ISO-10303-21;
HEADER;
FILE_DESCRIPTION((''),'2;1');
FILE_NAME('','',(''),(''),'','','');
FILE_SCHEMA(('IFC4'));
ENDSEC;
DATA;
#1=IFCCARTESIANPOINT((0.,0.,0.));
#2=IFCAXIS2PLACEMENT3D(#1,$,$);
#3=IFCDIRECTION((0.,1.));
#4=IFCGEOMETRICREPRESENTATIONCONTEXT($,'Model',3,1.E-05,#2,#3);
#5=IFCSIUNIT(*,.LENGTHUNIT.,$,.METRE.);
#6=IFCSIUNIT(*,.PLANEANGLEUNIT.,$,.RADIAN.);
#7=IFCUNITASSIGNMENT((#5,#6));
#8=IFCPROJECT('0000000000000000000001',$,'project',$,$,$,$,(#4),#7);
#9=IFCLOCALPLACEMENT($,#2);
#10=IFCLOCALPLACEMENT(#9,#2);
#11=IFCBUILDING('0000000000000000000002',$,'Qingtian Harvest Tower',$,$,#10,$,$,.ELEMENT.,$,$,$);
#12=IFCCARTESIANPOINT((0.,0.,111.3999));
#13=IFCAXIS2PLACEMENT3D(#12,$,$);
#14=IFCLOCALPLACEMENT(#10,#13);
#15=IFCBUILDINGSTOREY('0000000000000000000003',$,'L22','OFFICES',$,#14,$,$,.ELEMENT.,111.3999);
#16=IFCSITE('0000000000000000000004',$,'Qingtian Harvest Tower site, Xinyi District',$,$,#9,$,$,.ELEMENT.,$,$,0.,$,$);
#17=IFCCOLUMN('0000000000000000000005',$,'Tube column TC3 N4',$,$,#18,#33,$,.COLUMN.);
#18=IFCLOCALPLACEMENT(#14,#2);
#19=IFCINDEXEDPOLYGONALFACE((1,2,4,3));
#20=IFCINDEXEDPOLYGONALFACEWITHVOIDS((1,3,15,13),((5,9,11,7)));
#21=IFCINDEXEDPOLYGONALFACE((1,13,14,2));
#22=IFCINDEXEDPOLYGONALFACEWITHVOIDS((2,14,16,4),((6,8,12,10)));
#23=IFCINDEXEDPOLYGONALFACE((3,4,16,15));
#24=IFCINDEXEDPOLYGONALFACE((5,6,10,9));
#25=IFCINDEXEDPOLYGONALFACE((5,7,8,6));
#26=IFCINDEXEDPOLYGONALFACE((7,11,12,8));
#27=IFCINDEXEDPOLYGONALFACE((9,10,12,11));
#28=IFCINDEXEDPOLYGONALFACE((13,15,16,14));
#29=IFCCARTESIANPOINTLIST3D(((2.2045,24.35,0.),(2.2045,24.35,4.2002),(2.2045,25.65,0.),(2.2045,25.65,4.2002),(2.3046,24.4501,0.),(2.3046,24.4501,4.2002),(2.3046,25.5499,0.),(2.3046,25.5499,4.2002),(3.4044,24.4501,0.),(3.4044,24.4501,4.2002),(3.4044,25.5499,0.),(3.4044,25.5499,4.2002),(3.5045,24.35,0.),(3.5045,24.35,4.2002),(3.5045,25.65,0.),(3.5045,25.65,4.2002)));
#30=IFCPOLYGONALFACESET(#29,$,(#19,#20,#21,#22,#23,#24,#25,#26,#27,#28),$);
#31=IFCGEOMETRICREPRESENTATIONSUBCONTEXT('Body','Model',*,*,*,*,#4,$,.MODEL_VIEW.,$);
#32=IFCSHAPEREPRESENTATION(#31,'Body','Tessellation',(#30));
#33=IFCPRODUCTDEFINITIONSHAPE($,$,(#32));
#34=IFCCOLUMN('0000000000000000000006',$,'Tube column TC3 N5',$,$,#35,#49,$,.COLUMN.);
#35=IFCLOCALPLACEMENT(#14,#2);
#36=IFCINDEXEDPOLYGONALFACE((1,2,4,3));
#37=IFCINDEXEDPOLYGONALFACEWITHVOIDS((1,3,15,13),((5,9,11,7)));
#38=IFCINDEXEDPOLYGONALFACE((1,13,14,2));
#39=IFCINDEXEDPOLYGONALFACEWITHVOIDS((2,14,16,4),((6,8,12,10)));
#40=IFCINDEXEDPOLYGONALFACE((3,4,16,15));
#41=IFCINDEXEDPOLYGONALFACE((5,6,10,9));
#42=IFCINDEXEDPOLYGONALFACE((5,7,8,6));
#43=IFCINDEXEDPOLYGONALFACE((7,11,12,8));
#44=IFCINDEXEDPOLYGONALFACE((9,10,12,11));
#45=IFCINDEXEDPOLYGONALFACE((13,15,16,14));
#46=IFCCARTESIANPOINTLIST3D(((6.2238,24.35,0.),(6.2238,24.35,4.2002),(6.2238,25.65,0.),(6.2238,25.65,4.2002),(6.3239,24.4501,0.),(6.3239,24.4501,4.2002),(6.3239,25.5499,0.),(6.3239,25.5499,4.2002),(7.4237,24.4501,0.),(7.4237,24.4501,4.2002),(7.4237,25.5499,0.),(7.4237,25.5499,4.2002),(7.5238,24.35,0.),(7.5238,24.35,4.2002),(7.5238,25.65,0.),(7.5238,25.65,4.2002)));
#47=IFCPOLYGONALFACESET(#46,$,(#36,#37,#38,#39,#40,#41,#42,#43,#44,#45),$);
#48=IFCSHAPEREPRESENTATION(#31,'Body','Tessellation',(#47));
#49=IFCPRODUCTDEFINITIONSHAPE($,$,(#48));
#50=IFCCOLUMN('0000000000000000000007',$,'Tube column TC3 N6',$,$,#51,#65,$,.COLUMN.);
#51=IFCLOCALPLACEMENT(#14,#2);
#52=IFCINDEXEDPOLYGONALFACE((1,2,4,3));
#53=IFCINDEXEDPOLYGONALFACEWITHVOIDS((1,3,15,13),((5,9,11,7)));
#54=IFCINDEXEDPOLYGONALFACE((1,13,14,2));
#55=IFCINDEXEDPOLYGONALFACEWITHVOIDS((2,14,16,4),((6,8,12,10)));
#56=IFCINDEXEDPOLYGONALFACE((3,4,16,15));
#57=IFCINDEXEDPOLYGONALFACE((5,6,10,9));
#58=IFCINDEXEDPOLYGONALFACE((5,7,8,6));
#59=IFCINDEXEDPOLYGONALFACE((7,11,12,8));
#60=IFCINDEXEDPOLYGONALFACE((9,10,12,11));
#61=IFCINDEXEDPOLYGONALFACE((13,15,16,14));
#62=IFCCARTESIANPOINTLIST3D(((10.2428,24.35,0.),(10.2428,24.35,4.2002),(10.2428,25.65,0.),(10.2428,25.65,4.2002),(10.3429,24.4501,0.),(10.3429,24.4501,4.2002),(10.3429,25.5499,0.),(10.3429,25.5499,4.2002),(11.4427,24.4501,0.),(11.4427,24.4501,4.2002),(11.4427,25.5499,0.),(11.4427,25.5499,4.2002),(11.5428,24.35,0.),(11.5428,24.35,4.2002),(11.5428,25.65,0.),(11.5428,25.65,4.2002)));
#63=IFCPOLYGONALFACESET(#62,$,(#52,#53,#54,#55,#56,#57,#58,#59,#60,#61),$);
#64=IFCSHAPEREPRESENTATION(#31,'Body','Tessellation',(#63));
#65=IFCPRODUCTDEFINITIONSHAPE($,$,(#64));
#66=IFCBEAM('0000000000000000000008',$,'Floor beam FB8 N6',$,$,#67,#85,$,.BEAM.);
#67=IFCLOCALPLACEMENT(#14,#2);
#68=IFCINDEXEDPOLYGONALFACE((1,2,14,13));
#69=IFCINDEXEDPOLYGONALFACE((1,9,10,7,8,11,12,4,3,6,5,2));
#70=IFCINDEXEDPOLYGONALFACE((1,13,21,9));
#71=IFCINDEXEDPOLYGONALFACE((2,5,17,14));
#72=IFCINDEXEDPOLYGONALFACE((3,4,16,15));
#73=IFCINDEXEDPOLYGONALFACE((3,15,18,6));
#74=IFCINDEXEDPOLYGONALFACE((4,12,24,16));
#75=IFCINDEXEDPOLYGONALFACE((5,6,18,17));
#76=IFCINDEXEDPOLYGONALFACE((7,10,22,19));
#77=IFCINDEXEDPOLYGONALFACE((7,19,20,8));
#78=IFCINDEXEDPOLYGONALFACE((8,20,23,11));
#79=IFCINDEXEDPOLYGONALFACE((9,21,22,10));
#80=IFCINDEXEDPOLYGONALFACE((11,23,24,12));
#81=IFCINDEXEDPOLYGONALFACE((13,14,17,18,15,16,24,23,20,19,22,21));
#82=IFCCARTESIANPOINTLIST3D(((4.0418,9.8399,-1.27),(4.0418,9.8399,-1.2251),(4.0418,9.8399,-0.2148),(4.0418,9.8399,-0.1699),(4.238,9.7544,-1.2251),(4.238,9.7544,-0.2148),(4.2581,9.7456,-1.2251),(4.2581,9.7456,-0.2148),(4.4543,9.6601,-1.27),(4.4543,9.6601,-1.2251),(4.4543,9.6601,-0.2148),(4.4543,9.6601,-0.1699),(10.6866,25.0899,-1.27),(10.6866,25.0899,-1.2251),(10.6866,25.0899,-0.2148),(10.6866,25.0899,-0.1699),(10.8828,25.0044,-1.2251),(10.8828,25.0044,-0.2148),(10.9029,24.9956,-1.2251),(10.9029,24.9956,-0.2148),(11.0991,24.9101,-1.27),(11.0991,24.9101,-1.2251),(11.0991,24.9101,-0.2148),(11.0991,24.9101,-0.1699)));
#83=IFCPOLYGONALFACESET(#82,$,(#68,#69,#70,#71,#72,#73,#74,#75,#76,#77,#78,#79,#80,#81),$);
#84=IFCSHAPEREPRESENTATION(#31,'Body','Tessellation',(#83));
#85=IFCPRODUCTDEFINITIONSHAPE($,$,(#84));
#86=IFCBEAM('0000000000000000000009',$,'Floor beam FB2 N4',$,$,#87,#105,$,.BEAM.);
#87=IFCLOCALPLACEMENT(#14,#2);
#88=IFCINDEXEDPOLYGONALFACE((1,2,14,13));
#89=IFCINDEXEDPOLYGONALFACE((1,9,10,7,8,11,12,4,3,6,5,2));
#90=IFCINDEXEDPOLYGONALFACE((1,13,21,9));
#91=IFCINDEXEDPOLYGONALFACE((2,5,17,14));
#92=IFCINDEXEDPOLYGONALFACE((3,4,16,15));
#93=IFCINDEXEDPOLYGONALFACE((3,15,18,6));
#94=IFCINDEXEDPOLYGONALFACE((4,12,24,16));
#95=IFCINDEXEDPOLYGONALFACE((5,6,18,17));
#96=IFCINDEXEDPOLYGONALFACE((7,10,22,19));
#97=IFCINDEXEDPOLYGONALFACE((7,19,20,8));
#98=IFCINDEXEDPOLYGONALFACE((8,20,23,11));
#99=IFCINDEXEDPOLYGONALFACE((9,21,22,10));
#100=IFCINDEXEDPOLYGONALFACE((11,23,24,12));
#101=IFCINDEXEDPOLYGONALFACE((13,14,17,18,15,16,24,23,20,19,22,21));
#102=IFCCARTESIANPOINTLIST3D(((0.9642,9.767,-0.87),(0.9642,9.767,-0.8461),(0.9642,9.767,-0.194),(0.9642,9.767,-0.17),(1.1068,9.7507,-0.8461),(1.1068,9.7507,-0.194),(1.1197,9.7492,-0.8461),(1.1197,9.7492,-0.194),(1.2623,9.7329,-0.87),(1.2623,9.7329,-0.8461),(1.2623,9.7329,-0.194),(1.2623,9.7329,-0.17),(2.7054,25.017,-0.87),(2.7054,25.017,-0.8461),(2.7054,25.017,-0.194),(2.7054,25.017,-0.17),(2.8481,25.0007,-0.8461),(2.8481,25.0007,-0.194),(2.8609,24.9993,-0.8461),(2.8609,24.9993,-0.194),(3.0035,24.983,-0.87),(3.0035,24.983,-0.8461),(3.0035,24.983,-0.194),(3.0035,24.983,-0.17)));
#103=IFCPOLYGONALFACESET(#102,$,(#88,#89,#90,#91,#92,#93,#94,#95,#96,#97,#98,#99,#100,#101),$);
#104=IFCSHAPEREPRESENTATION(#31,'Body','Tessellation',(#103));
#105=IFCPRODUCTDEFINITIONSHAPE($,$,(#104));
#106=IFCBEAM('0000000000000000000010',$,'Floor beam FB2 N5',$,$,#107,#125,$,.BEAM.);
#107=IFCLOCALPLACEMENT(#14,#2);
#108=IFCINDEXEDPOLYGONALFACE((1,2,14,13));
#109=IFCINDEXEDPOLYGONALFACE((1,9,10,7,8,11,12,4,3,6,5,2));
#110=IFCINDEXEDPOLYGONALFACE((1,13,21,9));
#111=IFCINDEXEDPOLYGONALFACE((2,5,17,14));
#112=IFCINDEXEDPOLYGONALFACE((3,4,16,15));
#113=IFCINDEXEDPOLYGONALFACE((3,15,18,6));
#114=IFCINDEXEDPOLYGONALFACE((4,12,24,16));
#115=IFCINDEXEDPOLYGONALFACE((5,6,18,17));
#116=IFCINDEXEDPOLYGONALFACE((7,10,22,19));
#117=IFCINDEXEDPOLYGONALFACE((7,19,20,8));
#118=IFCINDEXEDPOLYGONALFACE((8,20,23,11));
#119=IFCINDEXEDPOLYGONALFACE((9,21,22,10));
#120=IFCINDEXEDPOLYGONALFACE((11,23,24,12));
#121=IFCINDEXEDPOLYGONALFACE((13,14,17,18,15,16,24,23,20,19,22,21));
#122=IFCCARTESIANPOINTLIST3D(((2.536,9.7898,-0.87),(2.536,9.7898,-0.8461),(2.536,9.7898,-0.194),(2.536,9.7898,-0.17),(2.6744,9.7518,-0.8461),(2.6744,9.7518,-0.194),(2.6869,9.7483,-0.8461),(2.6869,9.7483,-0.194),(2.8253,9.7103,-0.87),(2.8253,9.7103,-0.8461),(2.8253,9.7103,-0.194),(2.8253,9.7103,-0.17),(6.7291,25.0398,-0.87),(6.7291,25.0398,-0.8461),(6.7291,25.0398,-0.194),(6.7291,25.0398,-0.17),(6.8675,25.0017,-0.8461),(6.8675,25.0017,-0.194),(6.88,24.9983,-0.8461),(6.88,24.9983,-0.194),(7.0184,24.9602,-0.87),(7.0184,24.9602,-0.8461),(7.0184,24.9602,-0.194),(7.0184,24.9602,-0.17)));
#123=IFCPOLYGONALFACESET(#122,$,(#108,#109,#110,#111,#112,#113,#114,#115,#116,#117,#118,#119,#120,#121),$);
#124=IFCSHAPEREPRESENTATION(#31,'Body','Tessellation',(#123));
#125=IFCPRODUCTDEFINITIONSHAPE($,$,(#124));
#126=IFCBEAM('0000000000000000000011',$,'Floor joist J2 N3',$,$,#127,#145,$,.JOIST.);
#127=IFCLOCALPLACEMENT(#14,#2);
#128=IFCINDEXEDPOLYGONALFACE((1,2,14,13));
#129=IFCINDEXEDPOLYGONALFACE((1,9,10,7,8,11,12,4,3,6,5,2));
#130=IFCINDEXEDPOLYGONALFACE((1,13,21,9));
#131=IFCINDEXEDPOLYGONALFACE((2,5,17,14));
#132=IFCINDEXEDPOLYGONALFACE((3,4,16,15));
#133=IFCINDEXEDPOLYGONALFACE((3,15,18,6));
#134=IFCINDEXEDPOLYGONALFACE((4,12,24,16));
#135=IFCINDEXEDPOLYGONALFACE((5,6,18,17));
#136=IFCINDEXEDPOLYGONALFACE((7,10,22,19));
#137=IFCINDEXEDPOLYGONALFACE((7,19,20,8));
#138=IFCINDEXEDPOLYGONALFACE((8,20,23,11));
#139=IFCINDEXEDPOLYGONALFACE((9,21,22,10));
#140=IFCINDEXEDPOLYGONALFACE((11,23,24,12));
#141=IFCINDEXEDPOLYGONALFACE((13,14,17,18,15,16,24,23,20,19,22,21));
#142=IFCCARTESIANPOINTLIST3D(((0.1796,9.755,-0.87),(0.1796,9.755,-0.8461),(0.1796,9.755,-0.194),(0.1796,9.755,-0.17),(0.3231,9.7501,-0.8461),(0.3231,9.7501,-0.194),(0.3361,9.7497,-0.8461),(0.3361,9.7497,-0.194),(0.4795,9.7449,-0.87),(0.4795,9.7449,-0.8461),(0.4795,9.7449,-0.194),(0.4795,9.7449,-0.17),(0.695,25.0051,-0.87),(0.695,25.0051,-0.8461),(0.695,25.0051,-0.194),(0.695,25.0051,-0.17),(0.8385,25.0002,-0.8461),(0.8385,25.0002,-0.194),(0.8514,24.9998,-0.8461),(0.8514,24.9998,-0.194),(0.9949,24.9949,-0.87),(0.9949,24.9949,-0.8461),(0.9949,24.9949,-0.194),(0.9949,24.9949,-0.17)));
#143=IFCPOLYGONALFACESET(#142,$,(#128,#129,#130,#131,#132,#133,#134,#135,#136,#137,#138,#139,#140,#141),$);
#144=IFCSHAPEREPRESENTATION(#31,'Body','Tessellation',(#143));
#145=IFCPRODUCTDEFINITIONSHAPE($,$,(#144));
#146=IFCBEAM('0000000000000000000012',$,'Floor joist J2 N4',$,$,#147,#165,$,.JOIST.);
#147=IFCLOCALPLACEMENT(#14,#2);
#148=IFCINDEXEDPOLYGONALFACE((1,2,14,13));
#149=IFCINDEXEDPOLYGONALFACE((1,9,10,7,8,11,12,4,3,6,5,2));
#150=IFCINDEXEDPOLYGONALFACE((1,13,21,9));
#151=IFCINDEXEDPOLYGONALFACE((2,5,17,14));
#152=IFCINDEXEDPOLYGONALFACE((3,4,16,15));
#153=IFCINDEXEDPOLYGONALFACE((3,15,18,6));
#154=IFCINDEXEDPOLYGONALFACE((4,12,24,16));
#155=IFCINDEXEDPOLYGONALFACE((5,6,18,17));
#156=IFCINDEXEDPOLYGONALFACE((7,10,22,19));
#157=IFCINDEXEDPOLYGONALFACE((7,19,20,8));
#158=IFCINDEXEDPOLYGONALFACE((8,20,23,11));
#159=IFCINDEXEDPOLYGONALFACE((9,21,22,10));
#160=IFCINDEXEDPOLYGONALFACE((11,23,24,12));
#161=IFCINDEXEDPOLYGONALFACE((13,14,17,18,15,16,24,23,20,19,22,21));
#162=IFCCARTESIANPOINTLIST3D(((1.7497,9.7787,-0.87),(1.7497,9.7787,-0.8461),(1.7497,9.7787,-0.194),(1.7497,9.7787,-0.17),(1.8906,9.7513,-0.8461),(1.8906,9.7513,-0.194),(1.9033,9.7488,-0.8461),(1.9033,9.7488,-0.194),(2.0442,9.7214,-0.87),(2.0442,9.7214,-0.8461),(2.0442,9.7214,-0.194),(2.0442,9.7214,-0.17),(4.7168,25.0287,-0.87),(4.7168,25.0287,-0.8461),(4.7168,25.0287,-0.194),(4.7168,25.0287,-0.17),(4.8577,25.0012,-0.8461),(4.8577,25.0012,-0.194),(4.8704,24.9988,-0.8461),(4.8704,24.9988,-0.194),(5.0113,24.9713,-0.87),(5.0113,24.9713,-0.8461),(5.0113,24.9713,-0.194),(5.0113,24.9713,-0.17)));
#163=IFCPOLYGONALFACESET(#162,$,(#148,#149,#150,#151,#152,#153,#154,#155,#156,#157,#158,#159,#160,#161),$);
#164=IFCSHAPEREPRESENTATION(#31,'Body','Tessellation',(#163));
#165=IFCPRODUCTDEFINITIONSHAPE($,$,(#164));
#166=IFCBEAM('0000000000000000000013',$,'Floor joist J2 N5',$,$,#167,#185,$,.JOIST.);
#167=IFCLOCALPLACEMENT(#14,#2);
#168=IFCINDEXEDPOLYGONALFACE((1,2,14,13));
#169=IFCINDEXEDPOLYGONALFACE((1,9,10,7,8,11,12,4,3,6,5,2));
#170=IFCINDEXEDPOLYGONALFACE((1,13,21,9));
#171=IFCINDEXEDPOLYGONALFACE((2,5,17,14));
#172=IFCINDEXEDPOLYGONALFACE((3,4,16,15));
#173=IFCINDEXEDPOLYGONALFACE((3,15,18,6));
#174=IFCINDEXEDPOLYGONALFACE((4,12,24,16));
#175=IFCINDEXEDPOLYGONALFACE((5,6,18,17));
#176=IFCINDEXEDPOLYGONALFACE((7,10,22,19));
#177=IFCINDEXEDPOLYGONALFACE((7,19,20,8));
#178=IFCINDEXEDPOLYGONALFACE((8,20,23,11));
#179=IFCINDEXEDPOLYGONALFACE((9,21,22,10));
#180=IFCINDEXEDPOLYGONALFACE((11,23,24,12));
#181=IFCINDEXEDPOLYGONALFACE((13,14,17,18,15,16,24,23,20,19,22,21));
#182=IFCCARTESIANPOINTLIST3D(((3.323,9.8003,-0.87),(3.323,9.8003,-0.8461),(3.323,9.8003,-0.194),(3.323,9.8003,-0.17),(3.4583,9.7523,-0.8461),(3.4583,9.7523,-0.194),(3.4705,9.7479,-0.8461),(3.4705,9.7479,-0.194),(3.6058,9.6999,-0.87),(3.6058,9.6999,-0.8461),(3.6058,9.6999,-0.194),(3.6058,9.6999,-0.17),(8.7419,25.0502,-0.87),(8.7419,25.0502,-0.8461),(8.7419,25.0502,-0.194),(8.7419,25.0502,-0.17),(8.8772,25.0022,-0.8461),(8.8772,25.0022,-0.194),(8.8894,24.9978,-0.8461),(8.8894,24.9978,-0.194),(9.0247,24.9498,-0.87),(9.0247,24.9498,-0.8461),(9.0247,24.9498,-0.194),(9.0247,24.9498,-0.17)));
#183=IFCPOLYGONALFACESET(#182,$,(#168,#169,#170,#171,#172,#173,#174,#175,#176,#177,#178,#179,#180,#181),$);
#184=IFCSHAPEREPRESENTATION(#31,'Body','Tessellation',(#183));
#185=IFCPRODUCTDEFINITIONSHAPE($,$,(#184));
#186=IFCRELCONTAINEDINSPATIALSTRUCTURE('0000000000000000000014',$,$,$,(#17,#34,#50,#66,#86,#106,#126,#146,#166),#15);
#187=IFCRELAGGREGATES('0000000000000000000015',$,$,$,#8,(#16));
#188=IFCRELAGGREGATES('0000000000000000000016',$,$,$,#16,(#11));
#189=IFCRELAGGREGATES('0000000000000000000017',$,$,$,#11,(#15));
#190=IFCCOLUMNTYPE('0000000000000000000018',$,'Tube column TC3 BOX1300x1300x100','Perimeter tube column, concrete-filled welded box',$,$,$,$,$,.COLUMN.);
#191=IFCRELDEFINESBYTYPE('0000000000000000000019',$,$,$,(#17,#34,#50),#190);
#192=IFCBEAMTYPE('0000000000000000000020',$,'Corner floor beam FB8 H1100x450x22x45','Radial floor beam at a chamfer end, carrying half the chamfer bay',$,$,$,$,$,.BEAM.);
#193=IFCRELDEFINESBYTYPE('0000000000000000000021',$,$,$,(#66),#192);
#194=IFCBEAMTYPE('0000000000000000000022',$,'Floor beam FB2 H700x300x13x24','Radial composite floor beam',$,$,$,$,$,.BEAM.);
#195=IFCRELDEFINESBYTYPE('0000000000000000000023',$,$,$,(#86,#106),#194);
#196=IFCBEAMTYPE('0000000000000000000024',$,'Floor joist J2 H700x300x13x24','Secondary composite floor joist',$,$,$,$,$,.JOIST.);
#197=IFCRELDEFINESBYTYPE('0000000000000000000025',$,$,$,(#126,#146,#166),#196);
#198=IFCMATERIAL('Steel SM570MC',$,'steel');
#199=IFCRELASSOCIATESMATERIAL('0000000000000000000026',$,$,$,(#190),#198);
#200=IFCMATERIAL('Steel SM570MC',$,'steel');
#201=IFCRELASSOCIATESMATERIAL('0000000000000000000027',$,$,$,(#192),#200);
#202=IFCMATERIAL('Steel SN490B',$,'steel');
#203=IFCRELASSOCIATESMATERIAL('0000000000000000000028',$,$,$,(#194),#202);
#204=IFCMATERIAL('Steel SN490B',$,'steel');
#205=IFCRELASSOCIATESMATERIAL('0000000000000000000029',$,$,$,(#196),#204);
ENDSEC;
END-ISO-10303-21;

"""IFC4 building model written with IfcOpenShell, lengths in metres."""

from ifc_helpers import new_model, si_unit, direction, frame, origin, origin_2d, place, context, subcontext, project, spatial, hollow_rectangle, i_section, extrude, material, material_profile, profile_set, type_object, element, save


model = new_model("IFC4")

# Units and contexts
model_context = context("Model", 3, precision=1e-05, world=origin(), true_north=direction((0.0, 1.0)))
body_context = subcontext(model_context, "Body", "Model", "MODEL_VIEW")
ifc_project = project(units=[si_unit("LENGTHUNIT", "METRE"), si_unit("PLANEANGLEUNIT", "RADIAN")], contexts=[model_context])

# Site, building, storey
site_placement = place(None, origin())
site = spatial("IfcSite", under=ifc_project, at=site_placement, Name="Qingtian Harvest Tower site, Xinyi District", CompositionType="ELEMENT", RefElevation=0.0)
building_placement = place(site_placement, origin())
building = spatial("IfcBuilding", under=site, at=building_placement, Name="Qingtian Harvest Tower", CompositionType="ELEMENT")
storey_placement = place(building_placement, frame((0.0, 0.0, 111.3999)))
storey = spatial("IfcBuildingStorey", under=building, at=storey_placement, Name="L22", Description="OFFICES", CompositionType="ELEMENT", Elevation=111.3999)

# Columns
ifc_material_1 = material(Name="Steel SM570MC", Category="steel")
ifc_material_profile_1 = material_profile(ifc_material_1, hollow_rectangle(XDim=1.3, YDim=1.3, WallThickness=0.1001, at=origin_2d()), Name="BOX1300x1300x100")
ifc_profile_set_1 = profile_set([ifc_material_profile_1], Name="Steel SM570MC")
column_type = type_object("IfcColumnType", Name="Tube column TC3 BOX1300x1300x100", Description="Perimeter tube column, concrete-filled welded box", PredefinedType="COLUMN", material=ifc_profile_set_1)
for number, where, z_axis, x_axis, name in (
    (1, (2.8545, 25.0, 0.0), (0.0, 0.0, 1.0), (-1.0, 0.0, 0.0), "Tube column TC3 N4"),
    (2, (6.8738, 25.0, 0.0), (0.0, 0.0, 1.0), (-1.0, 0.0, 0.0), "Tube column TC3 N5"),
    (3, (10.8928, 25.0, 0.0), (0.0, 0.0, 1.0), (-1.0, 0.0, 0.0), "Tube column TC3 N6"),
):
    element("IfcColumn", number, at=place(storey_placement, frame(where, z_axis=z_axis, x_axis=x_axis)), inside=storey, type_object=column_type, Name=name, PredefinedType="COLUMN", context=body_context, shape_type="SweptSolid", body=[
        extrude(hollow_rectangle(XDim=1.3, YDim=1.3, WallThickness=0.1001, at=origin_2d()), origin(), (0.0, 0.0, 1.0), 4.2002),
    ])

# Beams
ifc_material_2 = material(Name="Steel SM570MC", Category="steel")
ifc_material_profile_2 = material_profile(ifc_material_2, i_section(OverallWidth=0.45, OverallDepth=1.1001, WebThickness=0.022, FlangeThickness=0.0449, at=origin_2d()), Name="H1100x450x22x45")
ifc_profile_set_2 = profile_set([ifc_material_profile_2], Name="Steel SM570MC")
beam_type_1 = type_object("IfcBeamType", Name="Corner floor beam FB8 H1100x450x22x45", Description="Radial floor beam at a chamfer end, carrying half the chamfer bay", PredefinedType="BEAM", material=ifc_profile_set_2)
beam_1_placement = place(storey_placement, frame((10.8928, 25.0, -0.72), z_axis=(-0.399451, -0.916755, 0.0), x_axis=(0.916755, -0.399451, 0.0)))
element("IfcBeam", 4, at=beam_1_placement, inside=storey, type_object=beam_type_1, Name="Floor beam FB8 N6", PredefinedType="BEAM", context=body_context, shape_type="SweptSolid", body=[
    extrude(i_section(OverallWidth=0.45, OverallDepth=1.1001, WebThickness=0.022, FlangeThickness=0.0449, at=origin_2d()), origin(), (0.0, 0.0, 1.0), 16.6348),
])
ifc_material_3 = material(Name="Steel SN490B", Category="steel")
ifc_material_profile_3 = material_profile(ifc_material_3, i_section(OverallWidth=0.3, OverallDepth=0.7, WebThickness=0.0129, FlangeThickness=0.0239, at=origin_2d()), Name="H700x300x13x24")
ifc_profile_set_3 = profile_set([ifc_material_profile_3], Name="Steel SN490B")
beam_type_2 = type_object("IfcBeamType", Name="Floor beam FB2 H700x300x13x24", Description="Radial composite floor beam", PredefinedType="BEAM", material=ifc_profile_set_3)
beam_2_placement = place(storey_placement, frame((2.8545, 25.0, -0.52), z_axis=(-0.113441, -0.993545, 0.0), x_axis=(0.993545, -0.113441, 0.0)))
element("IfcBeam", 5, at=beam_2_placement, inside=storey, type_object=beam_type_2, Name="Floor beam FB2 N4", PredefinedType="BEAM", context=body_context, shape_type="SweptSolid", body=[
    extrude(i_section(OverallWidth=0.3, OverallDepth=0.7, WebThickness=0.0129, FlangeThickness=0.0239, at=origin_2d()), origin(), (0.0, 0.0, 1.0), 15.3491),
])
beam_3_placement = place(storey_placement, frame((6.8738, 25.0, -0.52), z_axis=(-0.265119, -0.964216, 0.0), x_axis=(0.964216, -0.265119, 0.0)))
element("IfcBeam", 6, at=beam_3_placement, inside=storey, type_object=beam_type_2, Name="Floor beam FB2 N5", PredefinedType="BEAM", context=body_context, shape_type="SweptSolid", body=[
    extrude(i_section(OverallWidth=0.3, OverallDepth=0.7, WebThickness=0.0129, FlangeThickness=0.0239, at=origin_2d()), origin(), (0.0, 0.0, 1.0), 15.8159),
])
ifc_material_4 = material(Name="Steel SN490B", Category="steel")
ifc_material_profile_4 = material_profile(ifc_material_4, i_section(OverallWidth=0.3, OverallDepth=0.7, WebThickness=0.0129, FlangeThickness=0.0239, at=origin_2d()), Name="H700x300x13x24")
ifc_profile_set_4 = profile_set([ifc_material_profile_4], Name="Steel SN490B")
beam_type_3 = type_object("IfcBeamType", Name="Floor joist J2 H700x300x13x24", Description="Secondary composite floor joist", PredefinedType="JOIST", material=ifc_profile_set_4)
beam_4_placement = place(storey_placement, frame((0.845, 25.0, -0.52), z_axis=(-0.033776, -0.999429, 0.0), x_axis=(0.999429, -0.033776, 0.0)))
element("IfcBeam", 7, at=beam_4_placement, inside=storey, type_object=beam_type_3, Name="Floor joist J2 N3", PredefinedType="JOIST", context=body_context, shape_type="SweptSolid", body=[
    extrude(i_section(OverallWidth=0.3, OverallDepth=0.7, WebThickness=0.0129, FlangeThickness=0.0239, at=origin_2d()), origin(), (0.0, 0.0, 1.0), 15.2588),
])
beam_5_placement = place(storey_placement, frame((4.864, 25.0, -0.52), z_axis=(-0.190979, -0.981594, 0.0), x_axis=(0.981594, -0.190979, 0.0)))
element("IfcBeam", 8, at=beam_5_placement, inside=storey, type_object=beam_type_3, Name="Floor joist J2 N4", PredefinedType="JOIST", context=body_context, shape_type="SweptSolid", body=[
    extrude(i_section(OverallWidth=0.3, OverallDepth=0.7, WebThickness=0.0129, FlangeThickness=0.0239, at=origin_2d()), origin(), (0.0, 0.0, 1.0), 15.5359),
])
beam_6_placement = place(storey_placement, frame((8.8833, 25.0, -0.52), z_axis=(-0.33483, -0.942279, 0.0), x_axis=(0.942279, -0.33483, 0.0)))
element("IfcBeam", 9, at=beam_6_placement, inside=storey, type_object=beam_type_3, Name="Floor joist J2 N5", PredefinedType="JOIST", context=body_context, shape_type="SweptSolid", body=[
    extrude(i_section(OverallWidth=0.3, OverallDepth=0.7, WebThickness=0.0129, FlangeThickness=0.0239, at=origin_2d()), origin(), (0.0, 0.0, 1.0), 16.1841),
])

save(model, "model.ifc")
